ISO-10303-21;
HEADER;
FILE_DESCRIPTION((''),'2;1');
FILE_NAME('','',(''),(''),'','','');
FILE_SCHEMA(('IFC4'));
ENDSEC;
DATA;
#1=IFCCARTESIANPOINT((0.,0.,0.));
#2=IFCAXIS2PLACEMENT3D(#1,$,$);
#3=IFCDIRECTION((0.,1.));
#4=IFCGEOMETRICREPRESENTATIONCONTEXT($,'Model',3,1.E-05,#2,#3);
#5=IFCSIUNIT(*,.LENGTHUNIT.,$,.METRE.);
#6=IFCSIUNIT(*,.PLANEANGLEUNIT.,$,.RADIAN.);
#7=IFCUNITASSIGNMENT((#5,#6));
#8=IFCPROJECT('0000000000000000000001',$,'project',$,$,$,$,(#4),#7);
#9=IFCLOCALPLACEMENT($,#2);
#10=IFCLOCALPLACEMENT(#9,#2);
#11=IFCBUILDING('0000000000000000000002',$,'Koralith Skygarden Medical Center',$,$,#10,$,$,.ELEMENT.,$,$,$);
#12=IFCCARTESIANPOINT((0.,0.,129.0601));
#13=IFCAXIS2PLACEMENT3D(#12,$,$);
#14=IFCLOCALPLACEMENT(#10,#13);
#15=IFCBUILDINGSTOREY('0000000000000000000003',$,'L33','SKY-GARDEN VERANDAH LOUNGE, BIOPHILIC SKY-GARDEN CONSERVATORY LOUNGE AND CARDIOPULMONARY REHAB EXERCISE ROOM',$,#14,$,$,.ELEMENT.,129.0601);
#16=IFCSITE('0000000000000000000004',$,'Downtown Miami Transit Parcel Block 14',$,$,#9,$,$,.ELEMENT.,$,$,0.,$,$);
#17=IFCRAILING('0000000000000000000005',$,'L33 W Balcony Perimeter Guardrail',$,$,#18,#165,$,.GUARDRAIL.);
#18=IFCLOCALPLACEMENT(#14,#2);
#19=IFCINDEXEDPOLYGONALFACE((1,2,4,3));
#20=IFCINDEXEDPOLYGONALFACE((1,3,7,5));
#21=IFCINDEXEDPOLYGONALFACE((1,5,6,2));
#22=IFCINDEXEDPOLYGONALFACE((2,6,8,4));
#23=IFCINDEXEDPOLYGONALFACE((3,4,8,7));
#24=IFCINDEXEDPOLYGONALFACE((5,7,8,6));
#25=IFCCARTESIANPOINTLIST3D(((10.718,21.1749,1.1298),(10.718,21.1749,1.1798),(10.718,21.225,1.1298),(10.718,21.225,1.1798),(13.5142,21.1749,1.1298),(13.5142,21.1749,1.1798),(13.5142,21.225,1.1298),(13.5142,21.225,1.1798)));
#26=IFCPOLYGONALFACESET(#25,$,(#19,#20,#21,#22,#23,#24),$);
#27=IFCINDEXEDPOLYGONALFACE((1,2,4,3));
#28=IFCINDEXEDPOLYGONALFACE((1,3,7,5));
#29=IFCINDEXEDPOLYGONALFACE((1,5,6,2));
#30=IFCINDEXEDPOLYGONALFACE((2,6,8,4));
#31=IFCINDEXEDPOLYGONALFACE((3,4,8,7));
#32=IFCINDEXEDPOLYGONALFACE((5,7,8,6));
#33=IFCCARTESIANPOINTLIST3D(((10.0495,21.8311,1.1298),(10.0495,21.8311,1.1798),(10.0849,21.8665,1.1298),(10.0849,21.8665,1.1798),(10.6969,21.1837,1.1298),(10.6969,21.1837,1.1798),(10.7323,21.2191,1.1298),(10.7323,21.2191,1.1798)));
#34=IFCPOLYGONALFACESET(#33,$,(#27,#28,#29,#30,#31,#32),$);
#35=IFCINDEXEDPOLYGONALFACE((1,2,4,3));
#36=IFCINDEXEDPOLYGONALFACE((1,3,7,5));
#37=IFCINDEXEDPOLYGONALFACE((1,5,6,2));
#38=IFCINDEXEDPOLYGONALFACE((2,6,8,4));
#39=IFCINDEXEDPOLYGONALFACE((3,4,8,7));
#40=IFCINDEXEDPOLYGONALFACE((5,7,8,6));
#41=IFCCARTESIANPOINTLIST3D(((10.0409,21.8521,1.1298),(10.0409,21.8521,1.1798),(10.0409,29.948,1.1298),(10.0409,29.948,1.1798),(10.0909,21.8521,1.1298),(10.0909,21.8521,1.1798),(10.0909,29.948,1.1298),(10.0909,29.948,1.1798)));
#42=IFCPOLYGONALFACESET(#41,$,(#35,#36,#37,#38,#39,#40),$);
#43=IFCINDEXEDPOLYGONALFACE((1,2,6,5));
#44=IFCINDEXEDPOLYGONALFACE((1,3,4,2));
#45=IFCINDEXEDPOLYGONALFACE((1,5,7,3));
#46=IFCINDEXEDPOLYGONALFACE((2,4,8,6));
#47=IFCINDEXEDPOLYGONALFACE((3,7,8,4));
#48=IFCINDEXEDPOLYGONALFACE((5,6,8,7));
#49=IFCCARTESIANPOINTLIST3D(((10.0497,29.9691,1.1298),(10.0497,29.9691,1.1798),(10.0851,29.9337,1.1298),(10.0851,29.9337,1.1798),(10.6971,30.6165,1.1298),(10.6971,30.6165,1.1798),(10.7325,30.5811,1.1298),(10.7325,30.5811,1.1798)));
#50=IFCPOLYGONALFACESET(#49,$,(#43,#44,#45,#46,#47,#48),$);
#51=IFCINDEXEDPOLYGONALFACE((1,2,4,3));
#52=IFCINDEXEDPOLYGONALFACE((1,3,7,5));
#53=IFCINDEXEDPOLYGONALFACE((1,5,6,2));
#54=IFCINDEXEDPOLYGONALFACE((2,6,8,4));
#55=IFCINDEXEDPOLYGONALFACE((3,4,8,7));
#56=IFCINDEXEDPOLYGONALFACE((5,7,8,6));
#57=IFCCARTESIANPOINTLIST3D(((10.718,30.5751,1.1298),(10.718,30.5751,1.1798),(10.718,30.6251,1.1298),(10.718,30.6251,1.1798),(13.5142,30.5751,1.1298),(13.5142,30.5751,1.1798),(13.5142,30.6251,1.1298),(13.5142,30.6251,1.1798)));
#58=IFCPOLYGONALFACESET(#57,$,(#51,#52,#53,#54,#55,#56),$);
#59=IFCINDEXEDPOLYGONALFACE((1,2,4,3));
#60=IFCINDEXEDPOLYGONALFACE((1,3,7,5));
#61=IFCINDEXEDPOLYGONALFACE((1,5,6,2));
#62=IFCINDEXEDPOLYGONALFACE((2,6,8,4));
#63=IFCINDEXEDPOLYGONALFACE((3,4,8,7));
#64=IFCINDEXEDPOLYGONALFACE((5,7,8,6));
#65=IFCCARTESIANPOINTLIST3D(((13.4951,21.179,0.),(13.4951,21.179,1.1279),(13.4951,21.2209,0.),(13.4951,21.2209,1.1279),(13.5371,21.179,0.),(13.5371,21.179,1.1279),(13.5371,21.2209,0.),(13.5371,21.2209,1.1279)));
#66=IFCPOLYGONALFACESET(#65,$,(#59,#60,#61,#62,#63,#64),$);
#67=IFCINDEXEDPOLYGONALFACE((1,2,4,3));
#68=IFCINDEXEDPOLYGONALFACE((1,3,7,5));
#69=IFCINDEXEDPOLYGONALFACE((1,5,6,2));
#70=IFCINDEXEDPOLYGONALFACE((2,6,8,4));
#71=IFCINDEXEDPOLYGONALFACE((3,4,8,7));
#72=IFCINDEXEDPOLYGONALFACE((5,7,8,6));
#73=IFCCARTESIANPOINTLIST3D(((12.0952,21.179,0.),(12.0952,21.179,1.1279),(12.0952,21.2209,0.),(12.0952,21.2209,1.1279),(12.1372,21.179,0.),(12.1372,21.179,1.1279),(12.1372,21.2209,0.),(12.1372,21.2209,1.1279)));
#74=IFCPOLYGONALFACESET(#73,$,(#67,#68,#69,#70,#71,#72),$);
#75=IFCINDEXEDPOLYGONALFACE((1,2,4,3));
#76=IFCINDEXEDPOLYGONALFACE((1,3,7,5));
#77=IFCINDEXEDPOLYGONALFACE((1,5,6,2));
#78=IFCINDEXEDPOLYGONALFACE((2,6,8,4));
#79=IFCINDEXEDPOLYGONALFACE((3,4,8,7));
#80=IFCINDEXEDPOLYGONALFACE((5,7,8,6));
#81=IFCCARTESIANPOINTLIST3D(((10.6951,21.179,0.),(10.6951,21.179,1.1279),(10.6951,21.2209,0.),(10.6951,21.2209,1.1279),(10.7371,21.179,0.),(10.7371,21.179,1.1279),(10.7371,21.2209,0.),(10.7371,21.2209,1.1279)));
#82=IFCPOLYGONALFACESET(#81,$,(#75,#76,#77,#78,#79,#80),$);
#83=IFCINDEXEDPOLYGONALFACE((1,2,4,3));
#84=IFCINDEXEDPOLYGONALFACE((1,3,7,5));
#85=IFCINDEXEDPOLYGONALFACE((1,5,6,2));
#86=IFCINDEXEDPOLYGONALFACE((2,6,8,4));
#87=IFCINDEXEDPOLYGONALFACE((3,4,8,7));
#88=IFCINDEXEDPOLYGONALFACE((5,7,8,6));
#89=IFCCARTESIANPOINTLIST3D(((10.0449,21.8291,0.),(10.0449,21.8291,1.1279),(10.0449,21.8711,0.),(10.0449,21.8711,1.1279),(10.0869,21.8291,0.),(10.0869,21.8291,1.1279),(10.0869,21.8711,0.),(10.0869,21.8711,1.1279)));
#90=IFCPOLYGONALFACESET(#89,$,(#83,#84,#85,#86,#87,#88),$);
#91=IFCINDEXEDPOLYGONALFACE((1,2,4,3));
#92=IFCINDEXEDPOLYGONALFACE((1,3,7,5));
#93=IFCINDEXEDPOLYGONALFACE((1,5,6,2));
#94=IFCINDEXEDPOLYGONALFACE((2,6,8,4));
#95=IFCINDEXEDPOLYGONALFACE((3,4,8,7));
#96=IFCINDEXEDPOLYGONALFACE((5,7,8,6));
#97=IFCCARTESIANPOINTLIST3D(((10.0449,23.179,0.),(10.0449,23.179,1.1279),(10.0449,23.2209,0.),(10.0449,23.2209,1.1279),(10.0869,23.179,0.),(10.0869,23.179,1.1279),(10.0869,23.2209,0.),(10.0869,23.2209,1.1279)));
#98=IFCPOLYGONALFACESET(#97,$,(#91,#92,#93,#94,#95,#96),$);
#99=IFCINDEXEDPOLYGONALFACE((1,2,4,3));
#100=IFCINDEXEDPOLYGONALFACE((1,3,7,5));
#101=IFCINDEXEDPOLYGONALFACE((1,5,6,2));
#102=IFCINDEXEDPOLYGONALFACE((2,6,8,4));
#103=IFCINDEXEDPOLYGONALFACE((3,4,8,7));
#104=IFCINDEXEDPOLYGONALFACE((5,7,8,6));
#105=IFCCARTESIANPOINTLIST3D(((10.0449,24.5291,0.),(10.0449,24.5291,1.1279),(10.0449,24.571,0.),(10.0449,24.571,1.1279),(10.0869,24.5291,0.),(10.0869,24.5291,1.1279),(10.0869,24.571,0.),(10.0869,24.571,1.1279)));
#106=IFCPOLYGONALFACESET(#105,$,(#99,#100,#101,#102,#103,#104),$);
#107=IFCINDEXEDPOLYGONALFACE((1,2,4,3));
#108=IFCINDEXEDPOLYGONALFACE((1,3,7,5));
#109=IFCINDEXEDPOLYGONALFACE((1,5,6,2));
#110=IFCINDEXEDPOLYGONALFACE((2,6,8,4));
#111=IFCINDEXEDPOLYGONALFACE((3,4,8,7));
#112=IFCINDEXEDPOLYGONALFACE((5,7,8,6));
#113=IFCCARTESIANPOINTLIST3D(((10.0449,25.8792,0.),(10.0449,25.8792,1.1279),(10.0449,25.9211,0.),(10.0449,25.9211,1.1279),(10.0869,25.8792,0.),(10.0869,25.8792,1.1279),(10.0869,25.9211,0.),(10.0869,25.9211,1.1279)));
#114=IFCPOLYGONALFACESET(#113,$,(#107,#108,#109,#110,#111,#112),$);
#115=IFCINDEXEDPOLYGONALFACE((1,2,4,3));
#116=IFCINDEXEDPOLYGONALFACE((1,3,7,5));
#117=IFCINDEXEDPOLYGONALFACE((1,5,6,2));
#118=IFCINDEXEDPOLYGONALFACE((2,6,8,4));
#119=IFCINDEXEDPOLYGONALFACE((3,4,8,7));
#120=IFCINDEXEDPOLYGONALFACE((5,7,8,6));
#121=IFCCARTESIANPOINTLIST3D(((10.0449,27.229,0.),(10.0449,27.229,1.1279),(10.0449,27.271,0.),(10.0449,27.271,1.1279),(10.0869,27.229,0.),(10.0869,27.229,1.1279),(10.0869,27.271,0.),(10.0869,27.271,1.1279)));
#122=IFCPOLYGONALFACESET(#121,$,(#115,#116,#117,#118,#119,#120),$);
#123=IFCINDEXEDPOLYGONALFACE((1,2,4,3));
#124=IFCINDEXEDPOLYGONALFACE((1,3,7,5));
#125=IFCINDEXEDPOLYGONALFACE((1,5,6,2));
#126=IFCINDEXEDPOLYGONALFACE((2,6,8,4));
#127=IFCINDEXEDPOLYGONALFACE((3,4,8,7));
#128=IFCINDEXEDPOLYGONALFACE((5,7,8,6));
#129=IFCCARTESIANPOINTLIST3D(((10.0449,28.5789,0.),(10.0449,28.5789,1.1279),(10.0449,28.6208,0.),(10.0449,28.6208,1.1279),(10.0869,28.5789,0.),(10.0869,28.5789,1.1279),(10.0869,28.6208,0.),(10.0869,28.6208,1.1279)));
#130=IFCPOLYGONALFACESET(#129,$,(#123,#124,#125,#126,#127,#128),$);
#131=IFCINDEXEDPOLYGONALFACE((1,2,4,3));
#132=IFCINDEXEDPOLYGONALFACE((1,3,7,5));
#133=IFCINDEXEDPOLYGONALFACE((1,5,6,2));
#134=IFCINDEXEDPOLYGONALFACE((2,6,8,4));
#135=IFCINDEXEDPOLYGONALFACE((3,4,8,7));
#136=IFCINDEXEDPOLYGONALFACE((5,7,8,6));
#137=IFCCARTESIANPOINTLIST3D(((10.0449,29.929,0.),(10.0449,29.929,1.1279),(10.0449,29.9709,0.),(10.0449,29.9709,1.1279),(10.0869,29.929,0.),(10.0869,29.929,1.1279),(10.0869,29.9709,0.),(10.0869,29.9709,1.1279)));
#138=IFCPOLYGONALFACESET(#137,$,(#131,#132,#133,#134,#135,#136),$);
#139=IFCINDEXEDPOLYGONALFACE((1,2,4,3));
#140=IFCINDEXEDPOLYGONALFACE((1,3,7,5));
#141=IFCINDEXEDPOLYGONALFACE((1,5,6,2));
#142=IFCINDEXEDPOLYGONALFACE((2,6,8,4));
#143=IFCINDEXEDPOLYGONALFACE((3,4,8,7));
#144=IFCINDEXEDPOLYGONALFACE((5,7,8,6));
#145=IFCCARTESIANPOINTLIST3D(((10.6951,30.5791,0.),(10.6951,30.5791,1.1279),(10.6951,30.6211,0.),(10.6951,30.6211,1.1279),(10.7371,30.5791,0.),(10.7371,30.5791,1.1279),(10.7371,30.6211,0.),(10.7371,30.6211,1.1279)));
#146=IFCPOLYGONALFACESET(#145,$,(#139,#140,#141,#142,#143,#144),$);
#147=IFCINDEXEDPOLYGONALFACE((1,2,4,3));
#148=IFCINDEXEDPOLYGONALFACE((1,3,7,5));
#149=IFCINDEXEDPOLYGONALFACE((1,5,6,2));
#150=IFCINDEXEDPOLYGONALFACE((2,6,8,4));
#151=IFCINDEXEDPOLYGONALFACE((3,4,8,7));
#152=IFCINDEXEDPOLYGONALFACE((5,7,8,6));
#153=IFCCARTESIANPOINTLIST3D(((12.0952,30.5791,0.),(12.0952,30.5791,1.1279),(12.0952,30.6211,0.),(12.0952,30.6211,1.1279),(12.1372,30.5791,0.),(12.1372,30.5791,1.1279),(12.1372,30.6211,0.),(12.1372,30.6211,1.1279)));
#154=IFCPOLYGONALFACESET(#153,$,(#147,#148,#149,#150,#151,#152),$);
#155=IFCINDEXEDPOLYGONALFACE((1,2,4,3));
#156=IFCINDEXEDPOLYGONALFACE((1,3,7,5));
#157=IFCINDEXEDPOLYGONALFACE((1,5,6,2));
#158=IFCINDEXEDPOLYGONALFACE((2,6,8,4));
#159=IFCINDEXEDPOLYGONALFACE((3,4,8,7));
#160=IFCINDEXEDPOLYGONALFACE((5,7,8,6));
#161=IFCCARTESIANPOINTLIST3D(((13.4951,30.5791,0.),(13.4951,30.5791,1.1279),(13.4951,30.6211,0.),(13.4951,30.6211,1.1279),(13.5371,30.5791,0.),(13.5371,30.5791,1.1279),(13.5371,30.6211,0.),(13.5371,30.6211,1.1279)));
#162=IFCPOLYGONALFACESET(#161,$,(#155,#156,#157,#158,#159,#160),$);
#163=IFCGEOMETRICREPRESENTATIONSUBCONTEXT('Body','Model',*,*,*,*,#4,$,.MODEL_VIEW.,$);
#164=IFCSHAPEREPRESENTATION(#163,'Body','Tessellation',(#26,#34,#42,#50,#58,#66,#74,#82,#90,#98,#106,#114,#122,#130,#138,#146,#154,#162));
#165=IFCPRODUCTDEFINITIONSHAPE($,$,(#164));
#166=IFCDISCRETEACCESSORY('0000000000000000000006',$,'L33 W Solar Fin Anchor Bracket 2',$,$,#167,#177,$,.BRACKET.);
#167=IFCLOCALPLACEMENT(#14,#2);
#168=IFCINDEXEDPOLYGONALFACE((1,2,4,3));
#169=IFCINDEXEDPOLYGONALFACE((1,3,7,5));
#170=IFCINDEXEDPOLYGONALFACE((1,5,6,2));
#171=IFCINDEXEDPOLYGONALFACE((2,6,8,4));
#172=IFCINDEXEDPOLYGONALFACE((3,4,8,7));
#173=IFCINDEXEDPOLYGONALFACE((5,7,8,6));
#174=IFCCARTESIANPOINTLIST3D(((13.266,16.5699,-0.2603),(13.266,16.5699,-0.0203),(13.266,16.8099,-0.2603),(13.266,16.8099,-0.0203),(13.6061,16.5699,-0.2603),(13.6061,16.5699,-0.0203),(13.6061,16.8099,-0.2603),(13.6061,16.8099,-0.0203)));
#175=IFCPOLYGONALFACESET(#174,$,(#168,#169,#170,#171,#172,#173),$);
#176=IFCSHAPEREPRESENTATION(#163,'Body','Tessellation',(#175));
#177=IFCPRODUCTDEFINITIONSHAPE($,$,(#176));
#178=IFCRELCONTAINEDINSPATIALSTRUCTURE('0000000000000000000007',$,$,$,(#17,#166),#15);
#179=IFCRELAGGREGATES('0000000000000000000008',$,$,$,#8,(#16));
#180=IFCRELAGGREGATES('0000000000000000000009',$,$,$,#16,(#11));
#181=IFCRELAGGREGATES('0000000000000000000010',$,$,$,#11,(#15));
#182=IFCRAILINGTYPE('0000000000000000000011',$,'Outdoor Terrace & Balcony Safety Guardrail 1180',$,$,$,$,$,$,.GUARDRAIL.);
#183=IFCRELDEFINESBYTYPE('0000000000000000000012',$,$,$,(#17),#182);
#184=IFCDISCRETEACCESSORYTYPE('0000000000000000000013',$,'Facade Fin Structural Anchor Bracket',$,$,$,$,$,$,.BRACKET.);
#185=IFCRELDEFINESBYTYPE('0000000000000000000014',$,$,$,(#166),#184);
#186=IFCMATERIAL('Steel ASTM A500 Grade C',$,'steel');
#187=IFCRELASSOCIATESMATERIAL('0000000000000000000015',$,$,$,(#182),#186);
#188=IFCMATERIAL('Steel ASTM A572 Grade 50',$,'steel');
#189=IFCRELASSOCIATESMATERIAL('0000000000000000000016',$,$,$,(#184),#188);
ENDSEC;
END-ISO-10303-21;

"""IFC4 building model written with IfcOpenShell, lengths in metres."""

from ifc_helpers import new_model, si_unit, direction, frame, origin, origin_2d, place, context, subcontext, project, spatial, rectangle, extrude, material, type_object, element, save


model = new_model("IFC4")

# Units and contexts
model_context = context("Model", 3, precision=1e-05, world=origin(), true_north=direction((0.0, 1.0)))
body_context = subcontext(model_context, "Body", "Model", "MODEL_VIEW")
ifc_project = project(units=[si_unit("LENGTHUNIT", "METRE"), si_unit("PLANEANGLEUNIT", "RADIAN")], contexts=[model_context])

# Site, building, storey
site_placement = place(None, origin())
site = spatial("IfcSite", under=ifc_project, at=site_placement, Name="Downtown Miami Transit Parcel Block 14", CompositionType="ELEMENT", RefElevation=0.0)
building_placement = place(site_placement, origin())
building = spatial("IfcBuilding", under=site, at=building_placement, Name="Koralith Skygarden Medical Center", CompositionType="ELEMENT")
storey_placement = place(building_placement, frame((0.0, 0.0, 129.0601)))
storey = spatial("IfcBuildingStorey", under=building, at=storey_placement, Name="L33", Description="SKY-GARDEN VERANDAH LOUNGE, BIOPHILIC SKY-GARDEN CONSERVATORY LOUNGE AND CARDIOPULMONARY REHAB EXERCISE ROOM", CompositionType="ELEMENT", Elevation=129.0601)

# Railing
ifc_material_1 = material(Name="Steel ASTM A500 Grade C", Category="steel")
railing_type = type_object("IfcRailingType", Name="Outdoor Terrace & Balcony Safety Guardrail 1180", PredefinedType="GUARDRAIL", material=ifc_material_1)
railing_placement = place(storey_placement, frame((13.5161, 21.2, 0.0)))
element("IfcRailing", 1, at=railing_placement, inside=storey, type_object=railing_type, Name="L33 W Balcony Perimeter Guardrail", PredefinedType="GUARDRAIL", context=body_context, shape_type="SweptSolid", body=[
    extrude(rectangle(XDim=0.05, YDim=0.05, at=origin_2d()), frame((-0.002, 0.0, 1.1548), z_axis=(-1.0, 0.0, 0.0), x_axis=(0.0, -1.0, 0.0)), (0.0, 0.0, 1.0), 2.7961),
    extrude(rectangle(XDim=0.05, YDim=0.05, at=origin_2d()), frame((-2.8015, 0.0015, 1.1548), z_axis=(-0.707107, 0.707107, 0.0), x_axis=(-0.707107, -0.707107, 0.0)), (0.0, 0.0, 1.0), 0.9155),
    extrude(rectangle(XDim=0.05, YDim=0.05, at=origin_2d()), frame((-3.4502, 0.6521, 1.1548), z_axis=(0.0, 1.0, 0.0), x_axis=(-1.0, 0.0, 0.0)), (0.0, 0.0, 1.0), 8.0959),
    extrude(rectangle(XDim=0.05, YDim=0.05, at=origin_2d()), frame((-3.4487, 8.7515, 1.1548), z_axis=(0.707107, 0.707107, 0.0), x_axis=(-0.707107, 0.707107, 0.0)), (0.0, 0.0, 1.0), 0.9155),
    extrude(rectangle(XDim=0.05, YDim=0.05, at=origin_2d()), frame((-2.7981, 9.4001, 1.1548), z_axis=(1.0, 0.0, 0.0), x_axis=(0.0, 1.0, 0.0)), (0.0, 0.0, 1.0), 2.7961),
    extrude(rectangle(XDim=0.042, YDim=0.042, at=origin_2d()), origin(), (0.0, 0.0, 1.0), 1.1279),
    extrude(rectangle(XDim=0.042, YDim=0.042, at=origin_2d()), frame((-1.3999, 0.0, 0.0)), (0.0, 0.0, 1.0), 1.1279),
    extrude(rectangle(XDim=0.042, YDim=0.042, at=origin_2d()), frame((-2.8, 0.0, 0.0)), (0.0, 0.0, 1.0), 1.1279),
    extrude(rectangle(XDim=0.042, YDim=0.042, at=origin_2d()), frame((-3.4502, 0.6501, 0.0)), (0.0, 0.0, 1.0), 1.1279),
    extrude(rectangle(XDim=0.042, YDim=0.042, at=origin_2d()), frame((-3.4502, 2.0, 0.0)), (0.0, 0.0, 1.0), 1.1279),
    extrude(rectangle(XDim=0.042, YDim=0.042, at=origin_2d()), frame((-3.4502, 3.3501, 0.0)), (0.0, 0.0, 1.0), 1.1279),
    extrude(rectangle(XDim=0.042, YDim=0.042, at=origin_2d()), frame((-3.4502, 4.7002, 0.0)), (0.0, 0.0, 1.0), 1.1279),
    extrude(rectangle(XDim=0.042, YDim=0.042, at=origin_2d()), frame((-3.4502, 6.05, 0.0)), (0.0, 0.0, 1.0), 1.1279),
    extrude(rectangle(XDim=0.042, YDim=0.042, at=origin_2d()), frame((-3.4502, 7.3999, 0.0)), (0.0, 0.0, 1.0), 1.1279),
    extrude(rectangle(XDim=0.042, YDim=0.042, at=origin_2d()), frame((-3.4502, 8.75, 0.0)), (0.0, 0.0, 1.0), 1.1279),
    extrude(rectangle(XDim=0.042, YDim=0.042, at=origin_2d()), frame((-2.8, 9.4001, 0.0)), (0.0, 0.0, 1.0), 1.1279),
    extrude(rectangle(XDim=0.042, YDim=0.042, at=origin_2d()), frame((-1.3999, 9.4001, 0.0)), (0.0, 0.0, 1.0), 1.1279),
    extrude(rectangle(XDim=0.042, YDim=0.042, at=origin_2d()), frame((0.0, 9.4001, 0.0)), (0.0, 0.0, 1.0), 1.1279),
])

# Discrete accessory
ifc_material_2 = material(Name="Steel ASTM A572 Grade 50", Category="steel")
discrete_accessory_type = type_object("IfcDiscreteAccessoryType", Name="Facade Fin Structural Anchor Bracket", PredefinedType="BRACKET", material=ifc_material_2)
discrete_accessory_placement = place(storey_placement, frame((13.436, 16.6899, -0.2603), z_axis=(0.0, 0.0, 1.0), x_axis=(-1.0, 0.0, 0.0)))
element("IfcDiscreteAccessory", 2, at=discrete_accessory_placement, inside=storey, type_object=discrete_accessory_type, Name="L33 W Solar Fin Anchor Bracket 2", PredefinedType="BRACKET", context=body_context, shape_type="SweptSolid", body=[
    extrude(rectangle(XDim=0.3401, YDim=0.24, at=origin_2d()), origin(), (0.0, 0.0, 1.0), 0.24),
])

save(model, "model.ifc")
